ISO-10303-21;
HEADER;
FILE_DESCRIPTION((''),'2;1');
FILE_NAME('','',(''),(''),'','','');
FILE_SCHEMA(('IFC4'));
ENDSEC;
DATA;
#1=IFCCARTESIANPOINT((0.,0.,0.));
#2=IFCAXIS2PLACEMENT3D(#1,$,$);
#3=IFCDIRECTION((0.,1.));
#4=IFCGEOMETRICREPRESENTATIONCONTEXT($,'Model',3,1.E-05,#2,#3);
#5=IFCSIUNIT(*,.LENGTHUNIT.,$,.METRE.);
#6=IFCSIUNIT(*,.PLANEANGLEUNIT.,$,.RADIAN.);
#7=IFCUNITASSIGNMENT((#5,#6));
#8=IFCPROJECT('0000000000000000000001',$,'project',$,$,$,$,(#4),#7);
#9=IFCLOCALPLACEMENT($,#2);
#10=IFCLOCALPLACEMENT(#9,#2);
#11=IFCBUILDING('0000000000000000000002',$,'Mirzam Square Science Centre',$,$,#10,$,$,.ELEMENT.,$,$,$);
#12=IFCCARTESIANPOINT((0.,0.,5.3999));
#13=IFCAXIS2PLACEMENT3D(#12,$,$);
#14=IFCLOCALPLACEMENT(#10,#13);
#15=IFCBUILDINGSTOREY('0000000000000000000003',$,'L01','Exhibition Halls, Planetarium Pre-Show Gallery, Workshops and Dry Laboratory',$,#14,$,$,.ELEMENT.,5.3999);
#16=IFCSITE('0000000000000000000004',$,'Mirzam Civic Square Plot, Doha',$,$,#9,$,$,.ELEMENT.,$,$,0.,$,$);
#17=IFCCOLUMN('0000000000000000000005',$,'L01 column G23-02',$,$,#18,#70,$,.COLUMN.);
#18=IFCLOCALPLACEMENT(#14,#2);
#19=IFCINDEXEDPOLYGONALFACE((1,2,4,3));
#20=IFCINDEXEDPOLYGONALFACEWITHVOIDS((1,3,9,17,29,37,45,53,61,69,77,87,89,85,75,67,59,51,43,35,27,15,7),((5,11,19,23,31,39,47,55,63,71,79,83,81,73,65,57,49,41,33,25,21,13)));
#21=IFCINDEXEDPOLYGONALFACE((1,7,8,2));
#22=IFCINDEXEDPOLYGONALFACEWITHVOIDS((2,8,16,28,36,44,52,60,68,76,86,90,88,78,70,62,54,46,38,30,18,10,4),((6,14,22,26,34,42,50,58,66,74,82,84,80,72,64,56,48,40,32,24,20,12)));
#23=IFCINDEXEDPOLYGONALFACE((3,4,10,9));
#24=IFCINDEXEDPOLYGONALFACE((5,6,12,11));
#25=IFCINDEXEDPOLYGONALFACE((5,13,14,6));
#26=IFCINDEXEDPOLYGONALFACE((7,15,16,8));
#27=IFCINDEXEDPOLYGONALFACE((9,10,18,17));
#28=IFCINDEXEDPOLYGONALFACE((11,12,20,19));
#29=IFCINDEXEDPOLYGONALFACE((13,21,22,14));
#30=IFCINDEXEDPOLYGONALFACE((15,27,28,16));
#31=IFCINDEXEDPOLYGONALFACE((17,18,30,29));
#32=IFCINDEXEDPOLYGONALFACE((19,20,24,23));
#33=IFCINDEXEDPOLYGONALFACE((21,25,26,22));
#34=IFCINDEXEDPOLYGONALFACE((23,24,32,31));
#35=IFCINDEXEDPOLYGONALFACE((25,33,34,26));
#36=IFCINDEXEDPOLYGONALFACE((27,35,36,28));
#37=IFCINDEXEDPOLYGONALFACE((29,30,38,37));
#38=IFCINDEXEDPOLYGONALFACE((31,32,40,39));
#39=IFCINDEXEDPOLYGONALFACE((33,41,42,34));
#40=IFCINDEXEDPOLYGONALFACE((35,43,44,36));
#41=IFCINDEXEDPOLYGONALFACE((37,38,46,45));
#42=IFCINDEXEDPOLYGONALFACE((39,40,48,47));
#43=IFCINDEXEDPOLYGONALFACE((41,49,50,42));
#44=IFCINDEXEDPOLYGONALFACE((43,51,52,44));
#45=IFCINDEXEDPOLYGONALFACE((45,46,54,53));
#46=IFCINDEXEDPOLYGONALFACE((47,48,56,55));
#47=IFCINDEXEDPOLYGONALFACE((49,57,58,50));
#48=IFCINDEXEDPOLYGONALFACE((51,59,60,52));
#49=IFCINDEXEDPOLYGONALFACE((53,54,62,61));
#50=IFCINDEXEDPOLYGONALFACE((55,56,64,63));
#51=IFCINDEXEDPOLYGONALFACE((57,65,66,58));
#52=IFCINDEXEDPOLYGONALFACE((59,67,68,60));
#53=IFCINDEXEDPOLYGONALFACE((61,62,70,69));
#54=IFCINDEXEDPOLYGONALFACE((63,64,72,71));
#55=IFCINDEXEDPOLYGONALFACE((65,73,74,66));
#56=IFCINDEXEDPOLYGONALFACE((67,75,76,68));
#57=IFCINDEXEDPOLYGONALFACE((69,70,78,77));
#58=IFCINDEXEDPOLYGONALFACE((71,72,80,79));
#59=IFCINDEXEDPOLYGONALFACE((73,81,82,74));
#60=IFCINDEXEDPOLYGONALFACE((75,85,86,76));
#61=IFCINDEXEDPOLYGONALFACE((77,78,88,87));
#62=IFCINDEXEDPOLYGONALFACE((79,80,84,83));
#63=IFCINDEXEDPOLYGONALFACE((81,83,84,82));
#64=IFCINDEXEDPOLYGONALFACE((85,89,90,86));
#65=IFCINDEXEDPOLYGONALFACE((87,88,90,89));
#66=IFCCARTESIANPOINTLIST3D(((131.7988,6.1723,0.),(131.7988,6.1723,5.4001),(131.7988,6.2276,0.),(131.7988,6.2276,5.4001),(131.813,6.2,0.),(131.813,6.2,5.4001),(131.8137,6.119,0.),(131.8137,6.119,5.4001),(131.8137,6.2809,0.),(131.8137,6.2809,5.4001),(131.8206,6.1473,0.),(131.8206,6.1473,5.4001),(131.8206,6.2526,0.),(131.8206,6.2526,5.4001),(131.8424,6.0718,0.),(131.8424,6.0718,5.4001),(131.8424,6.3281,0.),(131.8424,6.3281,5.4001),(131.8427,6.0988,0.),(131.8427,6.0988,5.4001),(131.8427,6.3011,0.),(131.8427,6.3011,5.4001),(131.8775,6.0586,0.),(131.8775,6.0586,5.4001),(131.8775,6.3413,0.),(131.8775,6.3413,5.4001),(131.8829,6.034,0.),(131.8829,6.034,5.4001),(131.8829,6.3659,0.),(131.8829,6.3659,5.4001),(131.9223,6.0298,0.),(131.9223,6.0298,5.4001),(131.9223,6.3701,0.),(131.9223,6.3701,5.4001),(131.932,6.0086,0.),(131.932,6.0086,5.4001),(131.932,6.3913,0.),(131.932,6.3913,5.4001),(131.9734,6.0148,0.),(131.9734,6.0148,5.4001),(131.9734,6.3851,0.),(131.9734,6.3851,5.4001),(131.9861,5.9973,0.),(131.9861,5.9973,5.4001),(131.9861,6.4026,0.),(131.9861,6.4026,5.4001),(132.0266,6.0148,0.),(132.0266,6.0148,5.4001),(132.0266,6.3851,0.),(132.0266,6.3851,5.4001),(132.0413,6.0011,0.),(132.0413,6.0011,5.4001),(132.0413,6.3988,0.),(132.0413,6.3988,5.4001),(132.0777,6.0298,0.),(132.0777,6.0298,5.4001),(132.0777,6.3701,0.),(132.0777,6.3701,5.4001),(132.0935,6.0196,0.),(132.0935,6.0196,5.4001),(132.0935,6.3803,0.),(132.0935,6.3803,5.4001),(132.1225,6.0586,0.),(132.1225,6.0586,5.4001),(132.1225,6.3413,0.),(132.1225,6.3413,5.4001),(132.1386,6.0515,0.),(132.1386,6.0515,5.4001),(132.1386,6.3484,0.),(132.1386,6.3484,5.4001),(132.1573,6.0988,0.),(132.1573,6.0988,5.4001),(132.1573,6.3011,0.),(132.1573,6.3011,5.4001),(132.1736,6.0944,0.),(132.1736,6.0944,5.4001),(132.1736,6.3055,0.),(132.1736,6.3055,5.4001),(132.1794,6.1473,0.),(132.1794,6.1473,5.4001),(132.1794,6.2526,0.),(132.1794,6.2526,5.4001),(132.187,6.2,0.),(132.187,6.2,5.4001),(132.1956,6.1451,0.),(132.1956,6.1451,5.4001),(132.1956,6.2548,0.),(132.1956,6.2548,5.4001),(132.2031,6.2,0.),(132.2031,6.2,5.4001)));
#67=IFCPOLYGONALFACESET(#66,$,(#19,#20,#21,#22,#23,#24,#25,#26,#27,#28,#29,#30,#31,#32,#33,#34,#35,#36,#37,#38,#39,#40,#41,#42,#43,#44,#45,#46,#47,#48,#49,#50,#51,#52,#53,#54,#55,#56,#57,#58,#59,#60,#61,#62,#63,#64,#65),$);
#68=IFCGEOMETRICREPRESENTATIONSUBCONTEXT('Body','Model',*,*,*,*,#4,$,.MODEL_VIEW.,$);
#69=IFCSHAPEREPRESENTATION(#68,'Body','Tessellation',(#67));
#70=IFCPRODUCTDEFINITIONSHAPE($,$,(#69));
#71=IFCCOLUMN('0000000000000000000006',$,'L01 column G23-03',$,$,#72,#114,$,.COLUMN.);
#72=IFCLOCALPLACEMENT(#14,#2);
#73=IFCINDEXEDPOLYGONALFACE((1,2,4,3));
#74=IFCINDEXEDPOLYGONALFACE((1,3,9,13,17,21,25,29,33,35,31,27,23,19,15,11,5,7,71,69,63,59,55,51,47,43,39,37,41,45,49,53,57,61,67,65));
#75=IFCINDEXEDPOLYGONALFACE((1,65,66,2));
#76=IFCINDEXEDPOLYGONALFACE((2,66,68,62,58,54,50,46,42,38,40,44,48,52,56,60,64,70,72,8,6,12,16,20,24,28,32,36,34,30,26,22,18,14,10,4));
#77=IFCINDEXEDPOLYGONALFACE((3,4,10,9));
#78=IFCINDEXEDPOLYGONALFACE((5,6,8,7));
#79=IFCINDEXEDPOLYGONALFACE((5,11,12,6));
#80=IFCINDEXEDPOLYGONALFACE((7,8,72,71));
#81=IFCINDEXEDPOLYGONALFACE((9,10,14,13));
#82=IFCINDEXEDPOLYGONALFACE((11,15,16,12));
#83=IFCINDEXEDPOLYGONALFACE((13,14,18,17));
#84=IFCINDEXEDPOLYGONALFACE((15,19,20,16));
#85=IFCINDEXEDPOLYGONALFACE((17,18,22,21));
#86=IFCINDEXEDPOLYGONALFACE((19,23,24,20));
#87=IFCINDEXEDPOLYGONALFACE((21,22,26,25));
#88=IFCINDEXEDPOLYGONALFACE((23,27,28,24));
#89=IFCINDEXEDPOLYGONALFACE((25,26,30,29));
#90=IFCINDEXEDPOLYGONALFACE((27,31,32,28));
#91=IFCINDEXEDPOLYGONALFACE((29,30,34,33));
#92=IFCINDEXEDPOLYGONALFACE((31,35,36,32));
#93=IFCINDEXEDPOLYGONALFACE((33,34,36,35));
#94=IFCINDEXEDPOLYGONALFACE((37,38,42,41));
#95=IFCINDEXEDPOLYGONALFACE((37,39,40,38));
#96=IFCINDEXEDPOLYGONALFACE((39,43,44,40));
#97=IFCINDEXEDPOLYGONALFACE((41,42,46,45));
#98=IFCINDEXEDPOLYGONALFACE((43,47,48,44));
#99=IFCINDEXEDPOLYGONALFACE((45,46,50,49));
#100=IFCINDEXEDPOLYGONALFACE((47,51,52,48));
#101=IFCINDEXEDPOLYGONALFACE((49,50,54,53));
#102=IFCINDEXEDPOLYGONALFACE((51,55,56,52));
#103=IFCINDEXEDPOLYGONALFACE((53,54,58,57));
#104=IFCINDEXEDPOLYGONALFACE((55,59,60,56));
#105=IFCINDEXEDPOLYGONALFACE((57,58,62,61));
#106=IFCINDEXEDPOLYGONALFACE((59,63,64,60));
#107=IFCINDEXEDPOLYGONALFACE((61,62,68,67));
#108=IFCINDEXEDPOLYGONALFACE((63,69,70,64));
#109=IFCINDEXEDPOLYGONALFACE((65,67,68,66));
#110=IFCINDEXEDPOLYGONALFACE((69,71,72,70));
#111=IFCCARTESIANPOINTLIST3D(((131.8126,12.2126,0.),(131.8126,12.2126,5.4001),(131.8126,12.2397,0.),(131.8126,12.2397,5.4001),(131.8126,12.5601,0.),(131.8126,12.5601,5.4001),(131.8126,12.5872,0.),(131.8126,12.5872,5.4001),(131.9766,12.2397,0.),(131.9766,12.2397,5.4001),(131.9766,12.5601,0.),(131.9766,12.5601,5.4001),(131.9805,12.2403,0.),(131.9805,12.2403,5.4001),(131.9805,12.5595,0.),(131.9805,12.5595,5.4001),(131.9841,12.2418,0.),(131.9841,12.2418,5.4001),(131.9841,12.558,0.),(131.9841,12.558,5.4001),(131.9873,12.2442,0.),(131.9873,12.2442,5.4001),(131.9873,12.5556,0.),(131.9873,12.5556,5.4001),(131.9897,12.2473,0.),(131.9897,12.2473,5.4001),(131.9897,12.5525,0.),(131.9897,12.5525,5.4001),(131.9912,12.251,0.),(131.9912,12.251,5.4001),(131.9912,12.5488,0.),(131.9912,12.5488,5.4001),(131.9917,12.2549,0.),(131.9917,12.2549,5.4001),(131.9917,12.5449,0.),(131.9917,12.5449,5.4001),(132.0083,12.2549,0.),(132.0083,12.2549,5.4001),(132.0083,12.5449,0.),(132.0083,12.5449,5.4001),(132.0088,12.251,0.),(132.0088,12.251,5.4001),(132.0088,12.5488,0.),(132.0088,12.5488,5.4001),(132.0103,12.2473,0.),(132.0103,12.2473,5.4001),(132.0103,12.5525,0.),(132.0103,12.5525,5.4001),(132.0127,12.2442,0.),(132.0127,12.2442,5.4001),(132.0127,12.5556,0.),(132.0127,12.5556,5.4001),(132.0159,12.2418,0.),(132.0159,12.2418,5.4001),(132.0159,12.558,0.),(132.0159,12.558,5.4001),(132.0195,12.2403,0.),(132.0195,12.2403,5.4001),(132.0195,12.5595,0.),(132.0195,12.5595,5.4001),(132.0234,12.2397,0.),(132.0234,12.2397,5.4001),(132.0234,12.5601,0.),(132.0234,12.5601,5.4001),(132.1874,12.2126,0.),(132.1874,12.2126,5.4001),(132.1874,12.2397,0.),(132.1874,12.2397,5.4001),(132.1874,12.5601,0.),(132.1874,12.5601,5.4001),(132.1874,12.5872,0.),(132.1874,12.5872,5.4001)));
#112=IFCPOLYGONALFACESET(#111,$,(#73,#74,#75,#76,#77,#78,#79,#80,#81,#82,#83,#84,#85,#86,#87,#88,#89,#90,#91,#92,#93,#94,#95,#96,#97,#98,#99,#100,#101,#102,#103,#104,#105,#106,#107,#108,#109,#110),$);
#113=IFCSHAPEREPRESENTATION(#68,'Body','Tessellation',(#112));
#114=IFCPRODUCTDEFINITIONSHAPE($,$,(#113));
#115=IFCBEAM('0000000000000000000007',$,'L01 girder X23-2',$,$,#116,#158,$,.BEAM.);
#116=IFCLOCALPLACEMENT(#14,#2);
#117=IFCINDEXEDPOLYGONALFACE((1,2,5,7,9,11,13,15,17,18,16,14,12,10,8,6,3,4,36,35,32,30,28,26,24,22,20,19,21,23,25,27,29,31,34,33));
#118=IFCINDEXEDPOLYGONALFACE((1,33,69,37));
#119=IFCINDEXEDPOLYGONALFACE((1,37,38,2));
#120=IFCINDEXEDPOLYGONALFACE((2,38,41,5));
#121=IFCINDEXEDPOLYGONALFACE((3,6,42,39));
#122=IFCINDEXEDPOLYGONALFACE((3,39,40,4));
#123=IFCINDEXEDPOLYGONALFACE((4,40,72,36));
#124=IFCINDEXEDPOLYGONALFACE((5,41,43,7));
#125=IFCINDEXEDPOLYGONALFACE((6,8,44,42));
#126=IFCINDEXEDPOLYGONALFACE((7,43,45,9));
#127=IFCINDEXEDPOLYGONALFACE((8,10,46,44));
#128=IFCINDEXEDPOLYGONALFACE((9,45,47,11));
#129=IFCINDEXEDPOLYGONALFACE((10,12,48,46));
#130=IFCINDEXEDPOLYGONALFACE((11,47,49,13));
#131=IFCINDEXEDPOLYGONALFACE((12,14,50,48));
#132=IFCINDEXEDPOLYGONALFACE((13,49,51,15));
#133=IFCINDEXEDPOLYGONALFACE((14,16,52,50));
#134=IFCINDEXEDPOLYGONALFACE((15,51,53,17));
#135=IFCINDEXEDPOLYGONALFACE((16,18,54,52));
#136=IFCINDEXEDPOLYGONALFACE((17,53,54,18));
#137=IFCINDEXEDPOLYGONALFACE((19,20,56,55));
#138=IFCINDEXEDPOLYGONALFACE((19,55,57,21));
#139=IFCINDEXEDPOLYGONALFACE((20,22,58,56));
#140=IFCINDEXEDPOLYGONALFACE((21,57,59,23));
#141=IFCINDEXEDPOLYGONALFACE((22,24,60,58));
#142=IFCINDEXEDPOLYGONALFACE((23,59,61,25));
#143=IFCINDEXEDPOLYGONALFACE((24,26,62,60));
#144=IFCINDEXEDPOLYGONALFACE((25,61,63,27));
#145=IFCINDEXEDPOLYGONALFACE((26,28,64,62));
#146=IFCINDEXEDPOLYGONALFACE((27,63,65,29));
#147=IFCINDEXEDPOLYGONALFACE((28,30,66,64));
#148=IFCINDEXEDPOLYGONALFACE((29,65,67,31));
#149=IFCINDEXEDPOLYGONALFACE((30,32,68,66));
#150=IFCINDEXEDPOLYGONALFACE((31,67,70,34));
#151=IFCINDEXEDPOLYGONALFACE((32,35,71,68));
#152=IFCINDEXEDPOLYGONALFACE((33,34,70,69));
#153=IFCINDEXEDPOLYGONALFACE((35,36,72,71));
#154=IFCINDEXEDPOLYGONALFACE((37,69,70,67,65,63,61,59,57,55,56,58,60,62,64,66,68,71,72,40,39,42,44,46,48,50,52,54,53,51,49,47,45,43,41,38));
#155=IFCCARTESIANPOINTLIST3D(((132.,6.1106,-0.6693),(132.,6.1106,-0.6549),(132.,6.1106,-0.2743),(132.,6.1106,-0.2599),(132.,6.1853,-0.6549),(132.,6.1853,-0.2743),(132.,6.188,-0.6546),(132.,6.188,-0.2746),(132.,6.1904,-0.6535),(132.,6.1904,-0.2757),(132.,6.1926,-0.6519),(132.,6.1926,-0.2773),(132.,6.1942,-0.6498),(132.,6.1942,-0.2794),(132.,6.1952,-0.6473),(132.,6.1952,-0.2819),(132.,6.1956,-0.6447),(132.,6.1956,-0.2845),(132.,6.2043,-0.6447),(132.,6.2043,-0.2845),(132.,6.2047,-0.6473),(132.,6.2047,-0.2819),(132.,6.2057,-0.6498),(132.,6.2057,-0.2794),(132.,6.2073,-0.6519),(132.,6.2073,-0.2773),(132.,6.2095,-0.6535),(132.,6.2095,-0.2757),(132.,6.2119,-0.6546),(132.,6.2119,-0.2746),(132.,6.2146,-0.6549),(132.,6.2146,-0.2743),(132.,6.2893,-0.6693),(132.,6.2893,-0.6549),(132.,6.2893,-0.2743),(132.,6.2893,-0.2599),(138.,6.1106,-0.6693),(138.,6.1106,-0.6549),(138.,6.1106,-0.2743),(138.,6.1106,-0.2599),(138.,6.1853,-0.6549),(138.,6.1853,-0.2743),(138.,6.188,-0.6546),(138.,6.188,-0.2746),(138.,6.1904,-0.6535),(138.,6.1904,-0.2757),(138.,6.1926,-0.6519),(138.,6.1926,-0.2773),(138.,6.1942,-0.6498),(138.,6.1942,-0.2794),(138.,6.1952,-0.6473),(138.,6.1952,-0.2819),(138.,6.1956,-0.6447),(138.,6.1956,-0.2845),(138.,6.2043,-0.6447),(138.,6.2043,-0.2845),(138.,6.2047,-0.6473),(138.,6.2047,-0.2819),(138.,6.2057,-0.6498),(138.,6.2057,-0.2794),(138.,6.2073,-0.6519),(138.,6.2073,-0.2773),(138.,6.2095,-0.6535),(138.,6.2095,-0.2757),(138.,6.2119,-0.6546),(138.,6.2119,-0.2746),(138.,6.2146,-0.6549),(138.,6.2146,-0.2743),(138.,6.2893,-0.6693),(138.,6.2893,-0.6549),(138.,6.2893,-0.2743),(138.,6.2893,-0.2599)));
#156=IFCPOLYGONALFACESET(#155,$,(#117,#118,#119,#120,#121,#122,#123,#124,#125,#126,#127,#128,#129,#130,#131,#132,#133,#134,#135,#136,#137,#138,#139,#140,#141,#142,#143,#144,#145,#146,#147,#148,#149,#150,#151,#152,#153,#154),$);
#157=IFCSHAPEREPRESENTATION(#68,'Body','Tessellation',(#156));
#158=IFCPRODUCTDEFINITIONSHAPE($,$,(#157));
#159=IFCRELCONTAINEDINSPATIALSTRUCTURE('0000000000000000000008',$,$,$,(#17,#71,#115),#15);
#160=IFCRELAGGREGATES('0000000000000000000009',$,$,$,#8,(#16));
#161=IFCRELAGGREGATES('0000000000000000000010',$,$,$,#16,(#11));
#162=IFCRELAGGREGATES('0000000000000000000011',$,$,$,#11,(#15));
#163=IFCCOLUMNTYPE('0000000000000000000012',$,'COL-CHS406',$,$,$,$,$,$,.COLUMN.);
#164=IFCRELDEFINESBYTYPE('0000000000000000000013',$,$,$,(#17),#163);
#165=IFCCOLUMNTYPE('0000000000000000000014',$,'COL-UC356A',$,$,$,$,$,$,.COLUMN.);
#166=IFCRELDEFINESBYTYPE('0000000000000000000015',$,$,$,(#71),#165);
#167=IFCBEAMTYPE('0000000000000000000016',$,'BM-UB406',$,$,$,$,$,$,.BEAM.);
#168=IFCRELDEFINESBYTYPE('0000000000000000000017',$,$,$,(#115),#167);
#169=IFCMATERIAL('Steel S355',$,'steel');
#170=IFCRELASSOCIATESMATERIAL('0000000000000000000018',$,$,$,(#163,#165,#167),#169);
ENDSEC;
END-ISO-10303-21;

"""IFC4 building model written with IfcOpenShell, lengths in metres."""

from ifc_helpers import new_model, si_unit, direction, frame, origin, origin_2d, place, context, subcontext, project, spatial, hollow_circle, i_section, extrude, material, material_profile, profile_set, type_object, element, save


model = new_model("IFC4")

# Units and contexts
model_context = context("Model", 3, precision=1e-05, world=origin(), true_north=direction((0.0, 1.0)))
body_context = subcontext(model_context, "Body", "Model", "MODEL_VIEW")
ifc_project = project(units=[si_unit("LENGTHUNIT", "METRE"), si_unit("PLANEANGLEUNIT", "RADIAN")], contexts=[model_context])

# Site, building, storey
site_placement = place(None, origin())
site = spatial("IfcSite", under=ifc_project, at=site_placement, Name="Mirzam Civic Square Plot, Doha", CompositionType="ELEMENT", RefElevation=0.0)
building_placement = place(site_placement, origin())
building = spatial("IfcBuilding", under=site, at=building_placement, Name="Mirzam Square Science Centre", CompositionType="ELEMENT")
storey_placement = place(building_placement, frame((0.0, 0.0, 5.3999)))
storey = spatial("IfcBuildingStorey", under=building, at=storey_placement, Name="L01", Description="Exhibition Halls, Planetarium Pre-Show Gallery, Workshops and Dry Laboratory", CompositionType="ELEMENT", Elevation=5.3999)

# Columns
ifc_material_1 = material(Name="Steel S355", Category="steel")
ifc_material_profile_1 = material_profile(ifc_material_1, hollow_circle(Radius=0.2031, WallThickness=0.0161, at=origin_2d()), Name="406.4x16.0CHS")
ifc_profile_set_1 = profile_set([ifc_material_profile_1], Name="Steel S355")
column_type_1 = type_object("IfcColumnType", Name="COL-CHS406", PredefinedType="COLUMN", material=ifc_profile_set_1)
column_1_placement = place(storey_placement, frame((132.0, 6.2, 0.0), z_axis=(0.0, 0.0, 1.0), x_axis=(1.0, 0.0, 0.0)))
element("IfcColumn", 1, at=column_1_placement, inside=storey, type_object=column_type_1, Name="L01 column G23-02", PredefinedType="COLUMN", context=body_context, shape_type="SweptSolid", body=[
    extrude(hollow_circle(Radius=0.2031, WallThickness=0.0161, at=origin_2d()), origin(), (0.0, 0.0, 1.0), 5.4001),
])
ifc_material_profile_2 = material_profile(ifc_material_1, i_section(OverallWidth=0.3748, OverallDepth=0.3745, WebThickness=0.0166, FlangeThickness=0.0271, FilletRadius=0.0151, at=origin_2d()), Name="356x368x202UC")
ifc_profile_set_2 = profile_set([ifc_material_profile_2], Name="Steel S355")
column_type_2 = type_object("IfcColumnType", Name="COL-UC356A", PredefinedType="COLUMN", material=ifc_profile_set_2)
column_2_placement = place(storey_placement, frame((132.0, 12.3999, 0.0), z_axis=(0.0, 0.0, 1.0), x_axis=(1.0, 0.0, 0.0)))
element("IfcColumn", 2, at=column_2_placement, inside=storey, type_object=column_type_2, Name="L01 column G23-03", PredefinedType="COLUMN", context=body_context, shape_type="SweptSolid", body=[
    extrude(i_section(OverallWidth=0.3748, OverallDepth=0.3745, WebThickness=0.0166, FlangeThickness=0.0271, FilletRadius=0.0151, at=origin_2d()), origin(), (0.0, 0.0, 1.0), 5.4001),
])

# Beam
ifc_material_profile_3 = material_profile(ifc_material_1, i_section(OverallWidth=0.1787, OverallDepth=0.4094, WebThickness=0.0088, FlangeThickness=0.0144, FilletRadius=0.0103, at=origin_2d()), Name="406x178x67UB")
ifc_profile_set_3 = profile_set([ifc_material_profile_3], Name="Steel S355")
beam_type_1 = type_object("IfcBeamType", Name="BM-UB406", PredefinedType="BEAM", material=ifc_profile_set_3)
beam_1_placement = place(storey_placement, frame((132.0, 6.2, -0.4646), z_axis=(1.0, 0.0, 0.0), x_axis=(0.0, 1.0, 0.0)))
element("IfcBeam", 3, at=beam_1_placement, inside=storey, type_object=beam_type_1, Name="L01 girder X23-2", PredefinedType="BEAM", context=body_context, shape_type="SweptSolid", body=[
    extrude(i_section(OverallWidth=0.1787, OverallDepth=0.4094, WebThickness=0.0088, FlangeThickness=0.0144, FilletRadius=0.0103, at=origin_2d()), origin(), (0.0, 0.0, 1.0), 6.0),
])

save(model, "model.ifc")
